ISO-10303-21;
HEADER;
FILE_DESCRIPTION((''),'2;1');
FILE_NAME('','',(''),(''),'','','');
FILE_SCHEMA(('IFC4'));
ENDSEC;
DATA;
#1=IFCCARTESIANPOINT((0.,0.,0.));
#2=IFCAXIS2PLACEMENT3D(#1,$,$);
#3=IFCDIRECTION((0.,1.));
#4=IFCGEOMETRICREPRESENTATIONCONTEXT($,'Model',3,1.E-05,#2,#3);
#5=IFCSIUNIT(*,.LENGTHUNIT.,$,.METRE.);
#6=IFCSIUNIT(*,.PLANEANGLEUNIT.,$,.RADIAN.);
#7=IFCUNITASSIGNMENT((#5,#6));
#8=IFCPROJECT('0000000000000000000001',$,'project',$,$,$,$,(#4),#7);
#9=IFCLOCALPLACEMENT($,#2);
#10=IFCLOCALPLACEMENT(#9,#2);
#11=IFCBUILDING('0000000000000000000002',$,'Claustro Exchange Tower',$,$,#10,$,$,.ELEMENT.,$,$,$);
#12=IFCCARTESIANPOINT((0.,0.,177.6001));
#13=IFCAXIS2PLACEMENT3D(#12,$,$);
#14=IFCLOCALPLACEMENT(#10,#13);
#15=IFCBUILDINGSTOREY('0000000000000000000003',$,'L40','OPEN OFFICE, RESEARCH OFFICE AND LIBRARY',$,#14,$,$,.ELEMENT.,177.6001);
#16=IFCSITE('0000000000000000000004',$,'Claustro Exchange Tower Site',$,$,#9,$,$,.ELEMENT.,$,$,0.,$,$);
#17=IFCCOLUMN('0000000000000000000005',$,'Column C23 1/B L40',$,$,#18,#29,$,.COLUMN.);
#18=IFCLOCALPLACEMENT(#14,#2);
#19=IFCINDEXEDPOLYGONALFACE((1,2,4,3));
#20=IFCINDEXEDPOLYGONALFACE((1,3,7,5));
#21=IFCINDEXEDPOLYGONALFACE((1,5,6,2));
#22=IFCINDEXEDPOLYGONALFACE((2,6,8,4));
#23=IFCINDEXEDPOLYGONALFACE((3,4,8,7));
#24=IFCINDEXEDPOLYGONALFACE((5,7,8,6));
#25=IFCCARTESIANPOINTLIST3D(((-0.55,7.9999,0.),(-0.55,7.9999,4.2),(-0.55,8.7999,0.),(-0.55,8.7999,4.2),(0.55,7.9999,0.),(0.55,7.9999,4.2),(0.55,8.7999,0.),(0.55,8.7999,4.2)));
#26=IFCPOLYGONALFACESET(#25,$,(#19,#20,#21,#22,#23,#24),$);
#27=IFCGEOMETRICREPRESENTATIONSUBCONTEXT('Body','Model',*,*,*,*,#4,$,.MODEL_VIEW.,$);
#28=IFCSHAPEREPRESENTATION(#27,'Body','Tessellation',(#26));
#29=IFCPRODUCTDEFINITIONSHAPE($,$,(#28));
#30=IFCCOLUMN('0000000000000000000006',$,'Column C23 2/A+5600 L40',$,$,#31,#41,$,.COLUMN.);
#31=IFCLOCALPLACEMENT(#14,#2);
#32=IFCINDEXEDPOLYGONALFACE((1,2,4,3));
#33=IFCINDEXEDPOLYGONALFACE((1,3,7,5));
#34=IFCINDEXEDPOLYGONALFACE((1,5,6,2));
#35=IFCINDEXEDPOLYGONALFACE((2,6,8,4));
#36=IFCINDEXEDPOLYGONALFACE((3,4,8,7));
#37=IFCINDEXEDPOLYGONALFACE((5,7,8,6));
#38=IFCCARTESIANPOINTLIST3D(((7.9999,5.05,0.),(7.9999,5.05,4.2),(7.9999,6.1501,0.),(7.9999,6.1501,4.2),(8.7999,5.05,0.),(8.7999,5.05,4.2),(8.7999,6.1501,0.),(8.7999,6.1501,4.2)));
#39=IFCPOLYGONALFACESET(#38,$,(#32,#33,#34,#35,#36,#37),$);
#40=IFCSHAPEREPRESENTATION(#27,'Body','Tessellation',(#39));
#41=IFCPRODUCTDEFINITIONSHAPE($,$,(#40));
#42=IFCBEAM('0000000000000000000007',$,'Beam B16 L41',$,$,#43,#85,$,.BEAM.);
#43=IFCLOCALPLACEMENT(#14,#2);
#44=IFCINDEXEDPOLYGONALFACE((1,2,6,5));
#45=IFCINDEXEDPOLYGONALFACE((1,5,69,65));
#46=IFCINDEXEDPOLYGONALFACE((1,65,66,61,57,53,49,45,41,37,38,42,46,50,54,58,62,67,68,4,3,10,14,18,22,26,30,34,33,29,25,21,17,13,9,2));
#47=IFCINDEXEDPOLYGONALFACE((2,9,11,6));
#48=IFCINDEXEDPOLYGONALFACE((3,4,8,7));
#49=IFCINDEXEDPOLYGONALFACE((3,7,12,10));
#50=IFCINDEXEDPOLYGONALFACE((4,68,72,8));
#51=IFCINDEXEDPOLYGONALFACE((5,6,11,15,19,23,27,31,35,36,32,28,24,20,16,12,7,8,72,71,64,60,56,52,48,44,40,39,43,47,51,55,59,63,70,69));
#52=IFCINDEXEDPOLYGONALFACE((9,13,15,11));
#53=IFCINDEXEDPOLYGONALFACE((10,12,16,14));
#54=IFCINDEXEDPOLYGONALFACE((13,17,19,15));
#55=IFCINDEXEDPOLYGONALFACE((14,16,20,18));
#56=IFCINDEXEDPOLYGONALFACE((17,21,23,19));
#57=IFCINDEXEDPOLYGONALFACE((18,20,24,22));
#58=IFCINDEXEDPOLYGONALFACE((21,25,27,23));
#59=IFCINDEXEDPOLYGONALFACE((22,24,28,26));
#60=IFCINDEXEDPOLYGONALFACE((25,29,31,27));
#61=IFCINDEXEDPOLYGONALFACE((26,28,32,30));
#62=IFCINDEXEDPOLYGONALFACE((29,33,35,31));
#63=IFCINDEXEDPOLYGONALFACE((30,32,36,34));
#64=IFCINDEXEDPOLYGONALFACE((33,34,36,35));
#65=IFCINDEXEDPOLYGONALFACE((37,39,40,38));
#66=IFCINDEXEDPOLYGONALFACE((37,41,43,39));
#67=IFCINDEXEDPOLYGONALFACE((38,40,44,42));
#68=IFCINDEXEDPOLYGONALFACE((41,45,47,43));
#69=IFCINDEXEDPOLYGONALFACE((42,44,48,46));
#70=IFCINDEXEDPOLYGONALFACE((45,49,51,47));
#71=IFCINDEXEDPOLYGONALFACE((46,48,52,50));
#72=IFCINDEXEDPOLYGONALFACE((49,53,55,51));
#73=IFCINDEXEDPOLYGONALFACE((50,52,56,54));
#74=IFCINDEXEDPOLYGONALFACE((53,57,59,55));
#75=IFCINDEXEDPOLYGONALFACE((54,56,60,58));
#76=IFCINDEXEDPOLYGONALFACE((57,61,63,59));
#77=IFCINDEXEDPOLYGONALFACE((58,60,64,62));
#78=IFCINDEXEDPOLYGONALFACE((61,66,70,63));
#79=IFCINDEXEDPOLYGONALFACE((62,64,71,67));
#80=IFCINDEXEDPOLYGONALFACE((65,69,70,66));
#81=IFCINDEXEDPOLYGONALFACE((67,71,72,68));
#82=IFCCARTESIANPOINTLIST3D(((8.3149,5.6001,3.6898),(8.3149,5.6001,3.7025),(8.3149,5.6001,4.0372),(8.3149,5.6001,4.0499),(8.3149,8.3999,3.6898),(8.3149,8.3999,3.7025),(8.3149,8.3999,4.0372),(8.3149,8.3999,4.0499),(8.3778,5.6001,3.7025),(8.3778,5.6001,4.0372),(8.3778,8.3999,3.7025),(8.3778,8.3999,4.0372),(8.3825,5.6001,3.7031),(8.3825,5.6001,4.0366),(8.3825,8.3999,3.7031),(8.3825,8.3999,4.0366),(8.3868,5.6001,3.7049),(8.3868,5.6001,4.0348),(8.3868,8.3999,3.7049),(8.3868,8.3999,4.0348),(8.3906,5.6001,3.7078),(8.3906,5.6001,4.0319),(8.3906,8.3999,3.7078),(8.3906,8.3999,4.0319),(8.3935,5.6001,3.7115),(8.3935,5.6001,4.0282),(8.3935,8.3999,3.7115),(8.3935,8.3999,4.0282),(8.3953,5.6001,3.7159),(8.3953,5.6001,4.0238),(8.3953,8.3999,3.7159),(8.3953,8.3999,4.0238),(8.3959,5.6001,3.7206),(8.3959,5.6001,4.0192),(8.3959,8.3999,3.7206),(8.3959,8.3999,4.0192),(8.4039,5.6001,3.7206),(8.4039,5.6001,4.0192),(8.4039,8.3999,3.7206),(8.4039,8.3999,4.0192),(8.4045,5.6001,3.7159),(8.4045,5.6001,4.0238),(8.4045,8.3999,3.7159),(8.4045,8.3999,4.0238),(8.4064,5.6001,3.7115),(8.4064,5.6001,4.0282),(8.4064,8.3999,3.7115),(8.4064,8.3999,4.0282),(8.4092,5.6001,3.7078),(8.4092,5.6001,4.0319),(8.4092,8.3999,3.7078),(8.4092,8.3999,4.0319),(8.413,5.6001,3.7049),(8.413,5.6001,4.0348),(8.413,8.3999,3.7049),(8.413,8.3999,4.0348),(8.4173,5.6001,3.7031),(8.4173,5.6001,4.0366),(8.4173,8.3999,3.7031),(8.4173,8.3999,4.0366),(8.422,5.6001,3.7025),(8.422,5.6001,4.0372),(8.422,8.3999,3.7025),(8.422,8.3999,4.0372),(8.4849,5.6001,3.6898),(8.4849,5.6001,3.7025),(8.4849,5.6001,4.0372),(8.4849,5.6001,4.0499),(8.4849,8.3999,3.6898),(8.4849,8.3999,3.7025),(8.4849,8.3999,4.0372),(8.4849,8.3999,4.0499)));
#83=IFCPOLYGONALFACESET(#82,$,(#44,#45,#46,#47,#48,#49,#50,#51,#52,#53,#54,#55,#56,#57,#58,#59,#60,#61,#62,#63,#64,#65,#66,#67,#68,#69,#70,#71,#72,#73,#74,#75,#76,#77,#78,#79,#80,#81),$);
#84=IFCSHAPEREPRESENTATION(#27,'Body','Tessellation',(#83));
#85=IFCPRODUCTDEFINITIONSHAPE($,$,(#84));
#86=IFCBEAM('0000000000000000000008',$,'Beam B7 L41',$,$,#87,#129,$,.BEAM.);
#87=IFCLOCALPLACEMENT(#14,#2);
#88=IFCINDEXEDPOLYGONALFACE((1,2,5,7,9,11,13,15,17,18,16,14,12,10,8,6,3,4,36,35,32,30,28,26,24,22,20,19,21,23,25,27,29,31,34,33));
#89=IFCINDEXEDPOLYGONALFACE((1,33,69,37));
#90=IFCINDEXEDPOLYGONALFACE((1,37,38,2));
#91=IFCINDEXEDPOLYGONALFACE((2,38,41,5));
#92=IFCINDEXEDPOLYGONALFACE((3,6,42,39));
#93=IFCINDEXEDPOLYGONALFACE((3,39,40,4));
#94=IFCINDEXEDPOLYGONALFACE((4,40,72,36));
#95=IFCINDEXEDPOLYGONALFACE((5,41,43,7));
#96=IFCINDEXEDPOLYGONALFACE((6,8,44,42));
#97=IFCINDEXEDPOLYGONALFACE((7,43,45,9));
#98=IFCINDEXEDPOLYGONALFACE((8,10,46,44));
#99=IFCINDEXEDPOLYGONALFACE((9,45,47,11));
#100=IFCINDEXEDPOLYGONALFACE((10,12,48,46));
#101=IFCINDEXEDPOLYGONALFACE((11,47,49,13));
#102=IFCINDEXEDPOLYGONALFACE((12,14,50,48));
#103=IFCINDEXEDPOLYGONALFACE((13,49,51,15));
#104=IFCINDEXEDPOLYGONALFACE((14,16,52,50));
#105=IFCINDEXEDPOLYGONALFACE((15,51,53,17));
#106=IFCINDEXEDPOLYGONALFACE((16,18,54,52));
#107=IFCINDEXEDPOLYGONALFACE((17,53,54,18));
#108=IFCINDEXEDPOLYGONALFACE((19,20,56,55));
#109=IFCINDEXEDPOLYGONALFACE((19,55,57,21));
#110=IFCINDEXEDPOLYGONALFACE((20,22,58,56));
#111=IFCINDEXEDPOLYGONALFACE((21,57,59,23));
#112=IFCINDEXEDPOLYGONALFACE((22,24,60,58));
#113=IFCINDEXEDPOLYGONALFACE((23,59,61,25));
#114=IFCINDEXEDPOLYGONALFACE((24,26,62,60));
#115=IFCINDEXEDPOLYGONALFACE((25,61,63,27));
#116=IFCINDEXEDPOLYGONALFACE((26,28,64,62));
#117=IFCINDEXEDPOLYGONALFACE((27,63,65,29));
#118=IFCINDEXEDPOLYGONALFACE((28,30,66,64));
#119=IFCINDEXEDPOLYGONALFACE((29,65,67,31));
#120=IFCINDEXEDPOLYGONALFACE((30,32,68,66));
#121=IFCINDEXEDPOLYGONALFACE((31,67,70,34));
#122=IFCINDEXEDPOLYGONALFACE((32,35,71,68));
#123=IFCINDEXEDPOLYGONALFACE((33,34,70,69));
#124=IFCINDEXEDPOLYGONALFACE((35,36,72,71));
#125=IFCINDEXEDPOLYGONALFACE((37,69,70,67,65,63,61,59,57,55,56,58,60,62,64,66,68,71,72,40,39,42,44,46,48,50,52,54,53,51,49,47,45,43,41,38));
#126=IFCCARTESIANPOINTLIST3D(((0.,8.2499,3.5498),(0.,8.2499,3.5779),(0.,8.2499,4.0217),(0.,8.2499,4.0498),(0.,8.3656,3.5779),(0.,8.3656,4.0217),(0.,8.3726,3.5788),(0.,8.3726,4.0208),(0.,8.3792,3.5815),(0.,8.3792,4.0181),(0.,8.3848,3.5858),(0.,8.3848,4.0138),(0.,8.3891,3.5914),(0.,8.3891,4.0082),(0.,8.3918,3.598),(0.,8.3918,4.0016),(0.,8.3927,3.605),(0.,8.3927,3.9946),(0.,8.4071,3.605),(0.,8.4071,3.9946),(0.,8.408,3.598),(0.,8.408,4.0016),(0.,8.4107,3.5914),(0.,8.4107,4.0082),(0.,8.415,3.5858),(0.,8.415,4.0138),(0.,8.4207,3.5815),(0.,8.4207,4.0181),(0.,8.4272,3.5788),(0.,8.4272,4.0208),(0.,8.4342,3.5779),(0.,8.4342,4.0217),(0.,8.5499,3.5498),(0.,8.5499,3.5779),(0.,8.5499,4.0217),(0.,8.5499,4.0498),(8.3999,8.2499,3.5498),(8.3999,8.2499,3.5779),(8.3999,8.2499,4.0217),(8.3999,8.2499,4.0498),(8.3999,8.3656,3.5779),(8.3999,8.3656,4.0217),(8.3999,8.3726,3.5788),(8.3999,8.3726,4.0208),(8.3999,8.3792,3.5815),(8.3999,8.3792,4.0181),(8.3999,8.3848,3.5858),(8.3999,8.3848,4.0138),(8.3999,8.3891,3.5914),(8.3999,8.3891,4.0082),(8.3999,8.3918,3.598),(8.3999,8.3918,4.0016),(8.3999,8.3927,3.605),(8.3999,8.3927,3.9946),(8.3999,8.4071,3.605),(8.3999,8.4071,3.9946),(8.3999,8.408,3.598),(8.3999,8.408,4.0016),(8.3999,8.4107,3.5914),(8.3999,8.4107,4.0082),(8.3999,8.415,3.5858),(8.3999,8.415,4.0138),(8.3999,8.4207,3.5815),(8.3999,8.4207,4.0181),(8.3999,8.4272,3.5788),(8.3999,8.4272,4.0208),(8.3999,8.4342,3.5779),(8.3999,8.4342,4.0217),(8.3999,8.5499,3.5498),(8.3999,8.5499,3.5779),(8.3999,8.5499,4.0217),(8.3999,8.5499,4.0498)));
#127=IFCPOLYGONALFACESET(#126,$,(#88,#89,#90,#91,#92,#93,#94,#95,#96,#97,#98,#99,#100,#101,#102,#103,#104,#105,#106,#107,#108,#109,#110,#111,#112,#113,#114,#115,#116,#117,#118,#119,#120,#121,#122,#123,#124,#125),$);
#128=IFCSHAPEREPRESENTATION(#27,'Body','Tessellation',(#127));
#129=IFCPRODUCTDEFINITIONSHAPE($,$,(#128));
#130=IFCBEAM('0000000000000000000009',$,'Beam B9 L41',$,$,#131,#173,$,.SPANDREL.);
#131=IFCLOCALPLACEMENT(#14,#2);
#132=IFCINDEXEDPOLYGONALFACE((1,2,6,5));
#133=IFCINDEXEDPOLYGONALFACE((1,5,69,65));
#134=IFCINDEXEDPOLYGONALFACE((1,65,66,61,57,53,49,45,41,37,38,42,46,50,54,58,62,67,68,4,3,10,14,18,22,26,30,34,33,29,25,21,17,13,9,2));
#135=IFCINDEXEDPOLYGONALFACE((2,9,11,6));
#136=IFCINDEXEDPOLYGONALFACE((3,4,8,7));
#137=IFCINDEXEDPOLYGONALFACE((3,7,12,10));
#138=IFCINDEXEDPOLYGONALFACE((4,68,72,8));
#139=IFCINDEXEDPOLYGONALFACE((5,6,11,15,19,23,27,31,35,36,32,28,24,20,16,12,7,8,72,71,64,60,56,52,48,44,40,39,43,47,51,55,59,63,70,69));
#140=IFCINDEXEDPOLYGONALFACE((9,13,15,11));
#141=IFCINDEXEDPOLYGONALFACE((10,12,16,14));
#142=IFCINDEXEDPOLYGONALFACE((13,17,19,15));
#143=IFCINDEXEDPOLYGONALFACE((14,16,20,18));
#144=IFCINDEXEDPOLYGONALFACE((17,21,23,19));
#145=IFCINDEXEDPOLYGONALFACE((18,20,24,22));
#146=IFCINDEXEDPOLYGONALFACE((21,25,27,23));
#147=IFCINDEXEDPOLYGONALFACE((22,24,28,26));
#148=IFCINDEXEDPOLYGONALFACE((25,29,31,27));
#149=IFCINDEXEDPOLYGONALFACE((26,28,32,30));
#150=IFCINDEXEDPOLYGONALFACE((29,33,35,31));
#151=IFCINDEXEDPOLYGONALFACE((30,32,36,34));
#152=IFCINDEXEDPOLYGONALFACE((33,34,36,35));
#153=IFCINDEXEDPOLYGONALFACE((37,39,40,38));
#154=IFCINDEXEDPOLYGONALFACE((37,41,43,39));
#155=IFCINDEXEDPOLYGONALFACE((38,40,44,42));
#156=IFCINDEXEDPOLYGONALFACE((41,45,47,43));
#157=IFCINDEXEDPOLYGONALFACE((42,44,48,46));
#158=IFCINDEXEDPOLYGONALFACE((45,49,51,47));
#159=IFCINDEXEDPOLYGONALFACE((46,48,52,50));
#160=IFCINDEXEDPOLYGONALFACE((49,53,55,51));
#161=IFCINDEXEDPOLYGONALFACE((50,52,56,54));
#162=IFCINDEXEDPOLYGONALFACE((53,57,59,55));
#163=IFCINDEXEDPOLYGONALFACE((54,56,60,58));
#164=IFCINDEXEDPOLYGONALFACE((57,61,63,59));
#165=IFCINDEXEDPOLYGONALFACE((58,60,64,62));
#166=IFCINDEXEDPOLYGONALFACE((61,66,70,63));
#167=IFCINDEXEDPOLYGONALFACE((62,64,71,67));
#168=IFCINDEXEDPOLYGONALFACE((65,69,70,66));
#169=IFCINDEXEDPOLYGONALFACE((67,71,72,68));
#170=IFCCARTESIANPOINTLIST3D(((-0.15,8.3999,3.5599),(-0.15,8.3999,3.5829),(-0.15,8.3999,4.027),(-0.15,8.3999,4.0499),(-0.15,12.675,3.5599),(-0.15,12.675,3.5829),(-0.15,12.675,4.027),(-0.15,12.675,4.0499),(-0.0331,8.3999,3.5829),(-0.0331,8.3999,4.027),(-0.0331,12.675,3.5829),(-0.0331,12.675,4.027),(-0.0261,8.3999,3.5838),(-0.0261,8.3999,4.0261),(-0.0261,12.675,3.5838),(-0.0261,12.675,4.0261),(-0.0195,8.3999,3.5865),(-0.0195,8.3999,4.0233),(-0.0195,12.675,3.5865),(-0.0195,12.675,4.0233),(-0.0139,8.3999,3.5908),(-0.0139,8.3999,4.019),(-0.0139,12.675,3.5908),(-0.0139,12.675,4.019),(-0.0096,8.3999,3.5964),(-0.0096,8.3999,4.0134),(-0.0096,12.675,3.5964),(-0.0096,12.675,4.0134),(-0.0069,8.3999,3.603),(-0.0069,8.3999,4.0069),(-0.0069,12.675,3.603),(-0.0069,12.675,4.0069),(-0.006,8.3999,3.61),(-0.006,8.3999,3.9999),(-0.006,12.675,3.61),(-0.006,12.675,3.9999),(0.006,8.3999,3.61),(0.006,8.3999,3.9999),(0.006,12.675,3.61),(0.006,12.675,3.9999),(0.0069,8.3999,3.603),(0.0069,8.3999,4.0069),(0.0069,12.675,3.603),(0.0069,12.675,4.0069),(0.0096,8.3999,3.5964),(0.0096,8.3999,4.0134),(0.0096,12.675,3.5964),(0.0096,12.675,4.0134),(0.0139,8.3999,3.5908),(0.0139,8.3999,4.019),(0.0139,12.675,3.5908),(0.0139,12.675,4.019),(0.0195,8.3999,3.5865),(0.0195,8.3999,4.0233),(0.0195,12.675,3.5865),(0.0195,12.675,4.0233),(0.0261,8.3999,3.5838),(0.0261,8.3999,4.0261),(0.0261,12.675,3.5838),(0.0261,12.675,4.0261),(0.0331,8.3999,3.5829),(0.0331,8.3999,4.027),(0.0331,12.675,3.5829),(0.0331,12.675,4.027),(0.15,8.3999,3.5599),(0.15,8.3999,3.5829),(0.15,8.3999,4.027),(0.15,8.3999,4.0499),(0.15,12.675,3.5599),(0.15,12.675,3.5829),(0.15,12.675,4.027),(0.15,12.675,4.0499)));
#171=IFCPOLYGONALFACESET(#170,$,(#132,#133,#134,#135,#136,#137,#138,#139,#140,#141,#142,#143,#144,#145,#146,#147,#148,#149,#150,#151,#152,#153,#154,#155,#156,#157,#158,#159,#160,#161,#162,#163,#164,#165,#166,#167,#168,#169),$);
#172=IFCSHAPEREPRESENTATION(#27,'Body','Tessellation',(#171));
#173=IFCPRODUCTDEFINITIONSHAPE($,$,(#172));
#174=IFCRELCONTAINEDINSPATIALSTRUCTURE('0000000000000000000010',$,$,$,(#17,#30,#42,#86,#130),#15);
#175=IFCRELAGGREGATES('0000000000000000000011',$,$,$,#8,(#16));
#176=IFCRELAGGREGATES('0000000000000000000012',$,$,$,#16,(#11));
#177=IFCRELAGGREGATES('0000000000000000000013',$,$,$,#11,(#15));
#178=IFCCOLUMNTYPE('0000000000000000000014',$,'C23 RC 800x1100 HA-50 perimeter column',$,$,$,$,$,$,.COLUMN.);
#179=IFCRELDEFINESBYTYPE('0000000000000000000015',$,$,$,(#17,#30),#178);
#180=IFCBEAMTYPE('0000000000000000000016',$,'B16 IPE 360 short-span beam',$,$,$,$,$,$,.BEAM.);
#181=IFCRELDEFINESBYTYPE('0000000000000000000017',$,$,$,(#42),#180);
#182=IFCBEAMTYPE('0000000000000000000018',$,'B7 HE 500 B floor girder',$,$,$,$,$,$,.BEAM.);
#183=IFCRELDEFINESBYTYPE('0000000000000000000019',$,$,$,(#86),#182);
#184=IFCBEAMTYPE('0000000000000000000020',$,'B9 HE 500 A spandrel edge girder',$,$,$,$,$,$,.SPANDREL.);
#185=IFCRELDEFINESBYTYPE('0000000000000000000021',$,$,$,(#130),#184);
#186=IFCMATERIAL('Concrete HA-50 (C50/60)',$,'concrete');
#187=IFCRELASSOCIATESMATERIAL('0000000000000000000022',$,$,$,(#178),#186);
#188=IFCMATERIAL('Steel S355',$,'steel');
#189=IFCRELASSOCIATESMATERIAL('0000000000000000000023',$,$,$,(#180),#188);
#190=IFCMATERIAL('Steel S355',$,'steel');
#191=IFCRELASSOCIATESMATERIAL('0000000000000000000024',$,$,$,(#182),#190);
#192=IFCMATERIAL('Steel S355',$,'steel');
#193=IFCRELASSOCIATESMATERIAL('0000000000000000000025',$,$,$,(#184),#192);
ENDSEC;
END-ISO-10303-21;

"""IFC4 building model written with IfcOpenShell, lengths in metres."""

from ifc_helpers import new_model, si_unit, direction, frame, origin, origin_2d, place, context, subcontext, project, spatial, rectangle, i_section, extrude, material, material_profile, profile_set, type_object, element, save


model = new_model("IFC4")

# Units and contexts
model_context = context("Model", 3, precision=1e-05, world=origin(), true_north=direction((0.0, 1.0)))
body_context = subcontext(model_context, "Body", "Model", "MODEL_VIEW")
ifc_project = project(units=[si_unit("LENGTHUNIT", "METRE"), si_unit("PLANEANGLEUNIT", "RADIAN")], contexts=[model_context])

# Site, building, storey
site_placement = place(None, origin())
site = spatial("IfcSite", under=ifc_project, at=site_placement, Name="Claustro Exchange Tower Site", CompositionType="ELEMENT", RefElevation=0.0)
building_placement = place(site_placement, origin())
building = spatial("IfcBuilding", under=site, at=building_placement, Name="Claustro Exchange Tower", CompositionType="ELEMENT")
storey_placement = place(building_placement, frame((0.0, 0.0, 177.6001)))
storey = spatial("IfcBuildingStorey", under=building, at=storey_placement, Name="L40", Description="OPEN OFFICE, RESEARCH OFFICE AND LIBRARY", CompositionType="ELEMENT", Elevation=177.6001)

# Columns
ifc_material_1 = material(Name="Concrete HA-50 (C50/60)", Category="concrete")
ifc_material_profile_1 = material_profile(ifc_material_1, rectangle(XDim=0.8, YDim=1.1001, at=origin_2d()), Name="RC 800x1100")
ifc_profile_set_1 = profile_set([ifc_material_profile_1], Name="Concrete HA-50 (C50/60)")
column_type = type_object("IfcColumnType", Name="C23 RC 800x1100 HA-50 perimeter column", PredefinedType="COLUMN", material=ifc_profile_set_1)
for number, where, z_axis, x_axis, name in (
    (1, (0.0, 8.3999, 0.0), (0.0, 0.0, 1.0), (0.0, 1.0, 0.0), "Column C23 1/B L40"),
    (2, (8.3999, 5.6001, 0.0), (0.0, 0.0, 1.0), (1.0, 0.0, 0.0), "Column C23 2/A+5600 L40"),
):
    element("IfcColumn", number, at=place(storey_placement, frame(where, z_axis=z_axis, x_axis=x_axis)), inside=storey, type_object=column_type, Name=name, PredefinedType="COLUMN", context=body_context, shape_type="SweptSolid", body=[
        extrude(rectangle(XDim=0.8, YDim=1.1001, at=origin_2d()), origin(), (0.0, 0.0, 1.0), 4.2),
    ])

# Beams
ifc_material_2 = material(Name="Steel S355", Category="steel")
ifc_material_profile_2 = material_profile(ifc_material_2, i_section(OverallWidth=0.1699, OverallDepth=0.3601, WebThickness=0.0081, FlangeThickness=0.0127, FilletRadius=0.0181, at=origin_2d()), Name="IPE 360")
ifc_profile_set_2 = profile_set([ifc_material_profile_2], Name="Steel S355")
beam_type_1 = type_object("IfcBeamType", Name="B16 IPE 360 short-span beam", PredefinedType="BEAM", material=ifc_profile_set_2)
beam_1_placement = place(storey_placement, frame((8.3999, 5.6001, 3.8699), z_axis=(0.0, 1.0, 0.0), x_axis=(-1.0, 0.0, 0.0)))
element("IfcBeam", 3, at=beam_1_placement, inside=storey, type_object=beam_type_1, Name="Beam B16 L41", PredefinedType="BEAM", context=body_context, shape_type="SweptSolid", body=[
    extrude(i_section(OverallWidth=0.1699, OverallDepth=0.3601, WebThickness=0.0081, FlangeThickness=0.0127, FilletRadius=0.0181, at=origin_2d()), origin(), (0.0, 0.0, 1.0), 2.7998),
])
ifc_material_3 = material(Name="Steel S355", Category="steel")
ifc_material_profile_3 = material_profile(ifc_material_3, i_section(OverallWidth=0.3, OverallDepth=0.5, WebThickness=0.0144, FlangeThickness=0.0281, FilletRadius=0.0271, at=origin_2d()), Name="HE 500 B")
ifc_profile_set_3 = profile_set([ifc_material_profile_3], Name="Steel S355")
beam_type_2 = type_object("IfcBeamType", Name="B7 HE 500 B floor girder", PredefinedType="BEAM", material=ifc_profile_set_3)
beam_2_placement = place(storey_placement, frame((0.0, 8.3999, 3.7998), z_axis=(1.0, 0.0, 0.0), x_axis=(0.0, 1.0, 0.0)))
element("IfcBeam", 4, at=beam_2_placement, inside=storey, type_object=beam_type_2, Name="Beam B7 L41", PredefinedType="BEAM", context=body_context, shape_type="SweptSolid", body=[
    extrude(i_section(OverallWidth=0.3, OverallDepth=0.5, WebThickness=0.0144, FlangeThickness=0.0281, FilletRadius=0.0271, at=origin_2d()), origin(), (0.0, 0.0, 1.0), 8.3999),
])
ifc_material_4 = material(Name="Steel S355", Category="steel")
ifc_material_profile_4 = material_profile(ifc_material_4, i_section(OverallWidth=0.3, OverallDepth=0.49, WebThickness=0.012, FlangeThickness=0.0229, FilletRadius=0.0271, at=origin_2d()), Name="HE 500 A")
ifc_profile_set_4 = profile_set([ifc_material_profile_4], Name="Steel S355")
beam_type_3 = type_object("IfcBeamType", Name="B9 HE 500 A spandrel edge girder", PredefinedType="SPANDREL", material=ifc_profile_set_4)
beam_3_placement = place(storey_placement, frame((0.0, 8.3999, 3.8049), z_axis=(0.0, 1.0, 0.0), x_axis=(-1.0, 0.0, 0.0)))
element("IfcBeam", 5, at=beam_3_placement, inside=storey, type_object=beam_type_3, Name="Beam B9 L41", PredefinedType="SPANDREL", context=body_context, shape_type="SweptSolid", body=[
    extrude(i_section(OverallWidth=0.3, OverallDepth=0.49, WebThickness=0.012, FlangeThickness=0.0229, FilletRadius=0.0271, at=origin_2d()), origin(), (0.0, 0.0, 1.0), 4.2751),
])

save(model, "model.ifc")
